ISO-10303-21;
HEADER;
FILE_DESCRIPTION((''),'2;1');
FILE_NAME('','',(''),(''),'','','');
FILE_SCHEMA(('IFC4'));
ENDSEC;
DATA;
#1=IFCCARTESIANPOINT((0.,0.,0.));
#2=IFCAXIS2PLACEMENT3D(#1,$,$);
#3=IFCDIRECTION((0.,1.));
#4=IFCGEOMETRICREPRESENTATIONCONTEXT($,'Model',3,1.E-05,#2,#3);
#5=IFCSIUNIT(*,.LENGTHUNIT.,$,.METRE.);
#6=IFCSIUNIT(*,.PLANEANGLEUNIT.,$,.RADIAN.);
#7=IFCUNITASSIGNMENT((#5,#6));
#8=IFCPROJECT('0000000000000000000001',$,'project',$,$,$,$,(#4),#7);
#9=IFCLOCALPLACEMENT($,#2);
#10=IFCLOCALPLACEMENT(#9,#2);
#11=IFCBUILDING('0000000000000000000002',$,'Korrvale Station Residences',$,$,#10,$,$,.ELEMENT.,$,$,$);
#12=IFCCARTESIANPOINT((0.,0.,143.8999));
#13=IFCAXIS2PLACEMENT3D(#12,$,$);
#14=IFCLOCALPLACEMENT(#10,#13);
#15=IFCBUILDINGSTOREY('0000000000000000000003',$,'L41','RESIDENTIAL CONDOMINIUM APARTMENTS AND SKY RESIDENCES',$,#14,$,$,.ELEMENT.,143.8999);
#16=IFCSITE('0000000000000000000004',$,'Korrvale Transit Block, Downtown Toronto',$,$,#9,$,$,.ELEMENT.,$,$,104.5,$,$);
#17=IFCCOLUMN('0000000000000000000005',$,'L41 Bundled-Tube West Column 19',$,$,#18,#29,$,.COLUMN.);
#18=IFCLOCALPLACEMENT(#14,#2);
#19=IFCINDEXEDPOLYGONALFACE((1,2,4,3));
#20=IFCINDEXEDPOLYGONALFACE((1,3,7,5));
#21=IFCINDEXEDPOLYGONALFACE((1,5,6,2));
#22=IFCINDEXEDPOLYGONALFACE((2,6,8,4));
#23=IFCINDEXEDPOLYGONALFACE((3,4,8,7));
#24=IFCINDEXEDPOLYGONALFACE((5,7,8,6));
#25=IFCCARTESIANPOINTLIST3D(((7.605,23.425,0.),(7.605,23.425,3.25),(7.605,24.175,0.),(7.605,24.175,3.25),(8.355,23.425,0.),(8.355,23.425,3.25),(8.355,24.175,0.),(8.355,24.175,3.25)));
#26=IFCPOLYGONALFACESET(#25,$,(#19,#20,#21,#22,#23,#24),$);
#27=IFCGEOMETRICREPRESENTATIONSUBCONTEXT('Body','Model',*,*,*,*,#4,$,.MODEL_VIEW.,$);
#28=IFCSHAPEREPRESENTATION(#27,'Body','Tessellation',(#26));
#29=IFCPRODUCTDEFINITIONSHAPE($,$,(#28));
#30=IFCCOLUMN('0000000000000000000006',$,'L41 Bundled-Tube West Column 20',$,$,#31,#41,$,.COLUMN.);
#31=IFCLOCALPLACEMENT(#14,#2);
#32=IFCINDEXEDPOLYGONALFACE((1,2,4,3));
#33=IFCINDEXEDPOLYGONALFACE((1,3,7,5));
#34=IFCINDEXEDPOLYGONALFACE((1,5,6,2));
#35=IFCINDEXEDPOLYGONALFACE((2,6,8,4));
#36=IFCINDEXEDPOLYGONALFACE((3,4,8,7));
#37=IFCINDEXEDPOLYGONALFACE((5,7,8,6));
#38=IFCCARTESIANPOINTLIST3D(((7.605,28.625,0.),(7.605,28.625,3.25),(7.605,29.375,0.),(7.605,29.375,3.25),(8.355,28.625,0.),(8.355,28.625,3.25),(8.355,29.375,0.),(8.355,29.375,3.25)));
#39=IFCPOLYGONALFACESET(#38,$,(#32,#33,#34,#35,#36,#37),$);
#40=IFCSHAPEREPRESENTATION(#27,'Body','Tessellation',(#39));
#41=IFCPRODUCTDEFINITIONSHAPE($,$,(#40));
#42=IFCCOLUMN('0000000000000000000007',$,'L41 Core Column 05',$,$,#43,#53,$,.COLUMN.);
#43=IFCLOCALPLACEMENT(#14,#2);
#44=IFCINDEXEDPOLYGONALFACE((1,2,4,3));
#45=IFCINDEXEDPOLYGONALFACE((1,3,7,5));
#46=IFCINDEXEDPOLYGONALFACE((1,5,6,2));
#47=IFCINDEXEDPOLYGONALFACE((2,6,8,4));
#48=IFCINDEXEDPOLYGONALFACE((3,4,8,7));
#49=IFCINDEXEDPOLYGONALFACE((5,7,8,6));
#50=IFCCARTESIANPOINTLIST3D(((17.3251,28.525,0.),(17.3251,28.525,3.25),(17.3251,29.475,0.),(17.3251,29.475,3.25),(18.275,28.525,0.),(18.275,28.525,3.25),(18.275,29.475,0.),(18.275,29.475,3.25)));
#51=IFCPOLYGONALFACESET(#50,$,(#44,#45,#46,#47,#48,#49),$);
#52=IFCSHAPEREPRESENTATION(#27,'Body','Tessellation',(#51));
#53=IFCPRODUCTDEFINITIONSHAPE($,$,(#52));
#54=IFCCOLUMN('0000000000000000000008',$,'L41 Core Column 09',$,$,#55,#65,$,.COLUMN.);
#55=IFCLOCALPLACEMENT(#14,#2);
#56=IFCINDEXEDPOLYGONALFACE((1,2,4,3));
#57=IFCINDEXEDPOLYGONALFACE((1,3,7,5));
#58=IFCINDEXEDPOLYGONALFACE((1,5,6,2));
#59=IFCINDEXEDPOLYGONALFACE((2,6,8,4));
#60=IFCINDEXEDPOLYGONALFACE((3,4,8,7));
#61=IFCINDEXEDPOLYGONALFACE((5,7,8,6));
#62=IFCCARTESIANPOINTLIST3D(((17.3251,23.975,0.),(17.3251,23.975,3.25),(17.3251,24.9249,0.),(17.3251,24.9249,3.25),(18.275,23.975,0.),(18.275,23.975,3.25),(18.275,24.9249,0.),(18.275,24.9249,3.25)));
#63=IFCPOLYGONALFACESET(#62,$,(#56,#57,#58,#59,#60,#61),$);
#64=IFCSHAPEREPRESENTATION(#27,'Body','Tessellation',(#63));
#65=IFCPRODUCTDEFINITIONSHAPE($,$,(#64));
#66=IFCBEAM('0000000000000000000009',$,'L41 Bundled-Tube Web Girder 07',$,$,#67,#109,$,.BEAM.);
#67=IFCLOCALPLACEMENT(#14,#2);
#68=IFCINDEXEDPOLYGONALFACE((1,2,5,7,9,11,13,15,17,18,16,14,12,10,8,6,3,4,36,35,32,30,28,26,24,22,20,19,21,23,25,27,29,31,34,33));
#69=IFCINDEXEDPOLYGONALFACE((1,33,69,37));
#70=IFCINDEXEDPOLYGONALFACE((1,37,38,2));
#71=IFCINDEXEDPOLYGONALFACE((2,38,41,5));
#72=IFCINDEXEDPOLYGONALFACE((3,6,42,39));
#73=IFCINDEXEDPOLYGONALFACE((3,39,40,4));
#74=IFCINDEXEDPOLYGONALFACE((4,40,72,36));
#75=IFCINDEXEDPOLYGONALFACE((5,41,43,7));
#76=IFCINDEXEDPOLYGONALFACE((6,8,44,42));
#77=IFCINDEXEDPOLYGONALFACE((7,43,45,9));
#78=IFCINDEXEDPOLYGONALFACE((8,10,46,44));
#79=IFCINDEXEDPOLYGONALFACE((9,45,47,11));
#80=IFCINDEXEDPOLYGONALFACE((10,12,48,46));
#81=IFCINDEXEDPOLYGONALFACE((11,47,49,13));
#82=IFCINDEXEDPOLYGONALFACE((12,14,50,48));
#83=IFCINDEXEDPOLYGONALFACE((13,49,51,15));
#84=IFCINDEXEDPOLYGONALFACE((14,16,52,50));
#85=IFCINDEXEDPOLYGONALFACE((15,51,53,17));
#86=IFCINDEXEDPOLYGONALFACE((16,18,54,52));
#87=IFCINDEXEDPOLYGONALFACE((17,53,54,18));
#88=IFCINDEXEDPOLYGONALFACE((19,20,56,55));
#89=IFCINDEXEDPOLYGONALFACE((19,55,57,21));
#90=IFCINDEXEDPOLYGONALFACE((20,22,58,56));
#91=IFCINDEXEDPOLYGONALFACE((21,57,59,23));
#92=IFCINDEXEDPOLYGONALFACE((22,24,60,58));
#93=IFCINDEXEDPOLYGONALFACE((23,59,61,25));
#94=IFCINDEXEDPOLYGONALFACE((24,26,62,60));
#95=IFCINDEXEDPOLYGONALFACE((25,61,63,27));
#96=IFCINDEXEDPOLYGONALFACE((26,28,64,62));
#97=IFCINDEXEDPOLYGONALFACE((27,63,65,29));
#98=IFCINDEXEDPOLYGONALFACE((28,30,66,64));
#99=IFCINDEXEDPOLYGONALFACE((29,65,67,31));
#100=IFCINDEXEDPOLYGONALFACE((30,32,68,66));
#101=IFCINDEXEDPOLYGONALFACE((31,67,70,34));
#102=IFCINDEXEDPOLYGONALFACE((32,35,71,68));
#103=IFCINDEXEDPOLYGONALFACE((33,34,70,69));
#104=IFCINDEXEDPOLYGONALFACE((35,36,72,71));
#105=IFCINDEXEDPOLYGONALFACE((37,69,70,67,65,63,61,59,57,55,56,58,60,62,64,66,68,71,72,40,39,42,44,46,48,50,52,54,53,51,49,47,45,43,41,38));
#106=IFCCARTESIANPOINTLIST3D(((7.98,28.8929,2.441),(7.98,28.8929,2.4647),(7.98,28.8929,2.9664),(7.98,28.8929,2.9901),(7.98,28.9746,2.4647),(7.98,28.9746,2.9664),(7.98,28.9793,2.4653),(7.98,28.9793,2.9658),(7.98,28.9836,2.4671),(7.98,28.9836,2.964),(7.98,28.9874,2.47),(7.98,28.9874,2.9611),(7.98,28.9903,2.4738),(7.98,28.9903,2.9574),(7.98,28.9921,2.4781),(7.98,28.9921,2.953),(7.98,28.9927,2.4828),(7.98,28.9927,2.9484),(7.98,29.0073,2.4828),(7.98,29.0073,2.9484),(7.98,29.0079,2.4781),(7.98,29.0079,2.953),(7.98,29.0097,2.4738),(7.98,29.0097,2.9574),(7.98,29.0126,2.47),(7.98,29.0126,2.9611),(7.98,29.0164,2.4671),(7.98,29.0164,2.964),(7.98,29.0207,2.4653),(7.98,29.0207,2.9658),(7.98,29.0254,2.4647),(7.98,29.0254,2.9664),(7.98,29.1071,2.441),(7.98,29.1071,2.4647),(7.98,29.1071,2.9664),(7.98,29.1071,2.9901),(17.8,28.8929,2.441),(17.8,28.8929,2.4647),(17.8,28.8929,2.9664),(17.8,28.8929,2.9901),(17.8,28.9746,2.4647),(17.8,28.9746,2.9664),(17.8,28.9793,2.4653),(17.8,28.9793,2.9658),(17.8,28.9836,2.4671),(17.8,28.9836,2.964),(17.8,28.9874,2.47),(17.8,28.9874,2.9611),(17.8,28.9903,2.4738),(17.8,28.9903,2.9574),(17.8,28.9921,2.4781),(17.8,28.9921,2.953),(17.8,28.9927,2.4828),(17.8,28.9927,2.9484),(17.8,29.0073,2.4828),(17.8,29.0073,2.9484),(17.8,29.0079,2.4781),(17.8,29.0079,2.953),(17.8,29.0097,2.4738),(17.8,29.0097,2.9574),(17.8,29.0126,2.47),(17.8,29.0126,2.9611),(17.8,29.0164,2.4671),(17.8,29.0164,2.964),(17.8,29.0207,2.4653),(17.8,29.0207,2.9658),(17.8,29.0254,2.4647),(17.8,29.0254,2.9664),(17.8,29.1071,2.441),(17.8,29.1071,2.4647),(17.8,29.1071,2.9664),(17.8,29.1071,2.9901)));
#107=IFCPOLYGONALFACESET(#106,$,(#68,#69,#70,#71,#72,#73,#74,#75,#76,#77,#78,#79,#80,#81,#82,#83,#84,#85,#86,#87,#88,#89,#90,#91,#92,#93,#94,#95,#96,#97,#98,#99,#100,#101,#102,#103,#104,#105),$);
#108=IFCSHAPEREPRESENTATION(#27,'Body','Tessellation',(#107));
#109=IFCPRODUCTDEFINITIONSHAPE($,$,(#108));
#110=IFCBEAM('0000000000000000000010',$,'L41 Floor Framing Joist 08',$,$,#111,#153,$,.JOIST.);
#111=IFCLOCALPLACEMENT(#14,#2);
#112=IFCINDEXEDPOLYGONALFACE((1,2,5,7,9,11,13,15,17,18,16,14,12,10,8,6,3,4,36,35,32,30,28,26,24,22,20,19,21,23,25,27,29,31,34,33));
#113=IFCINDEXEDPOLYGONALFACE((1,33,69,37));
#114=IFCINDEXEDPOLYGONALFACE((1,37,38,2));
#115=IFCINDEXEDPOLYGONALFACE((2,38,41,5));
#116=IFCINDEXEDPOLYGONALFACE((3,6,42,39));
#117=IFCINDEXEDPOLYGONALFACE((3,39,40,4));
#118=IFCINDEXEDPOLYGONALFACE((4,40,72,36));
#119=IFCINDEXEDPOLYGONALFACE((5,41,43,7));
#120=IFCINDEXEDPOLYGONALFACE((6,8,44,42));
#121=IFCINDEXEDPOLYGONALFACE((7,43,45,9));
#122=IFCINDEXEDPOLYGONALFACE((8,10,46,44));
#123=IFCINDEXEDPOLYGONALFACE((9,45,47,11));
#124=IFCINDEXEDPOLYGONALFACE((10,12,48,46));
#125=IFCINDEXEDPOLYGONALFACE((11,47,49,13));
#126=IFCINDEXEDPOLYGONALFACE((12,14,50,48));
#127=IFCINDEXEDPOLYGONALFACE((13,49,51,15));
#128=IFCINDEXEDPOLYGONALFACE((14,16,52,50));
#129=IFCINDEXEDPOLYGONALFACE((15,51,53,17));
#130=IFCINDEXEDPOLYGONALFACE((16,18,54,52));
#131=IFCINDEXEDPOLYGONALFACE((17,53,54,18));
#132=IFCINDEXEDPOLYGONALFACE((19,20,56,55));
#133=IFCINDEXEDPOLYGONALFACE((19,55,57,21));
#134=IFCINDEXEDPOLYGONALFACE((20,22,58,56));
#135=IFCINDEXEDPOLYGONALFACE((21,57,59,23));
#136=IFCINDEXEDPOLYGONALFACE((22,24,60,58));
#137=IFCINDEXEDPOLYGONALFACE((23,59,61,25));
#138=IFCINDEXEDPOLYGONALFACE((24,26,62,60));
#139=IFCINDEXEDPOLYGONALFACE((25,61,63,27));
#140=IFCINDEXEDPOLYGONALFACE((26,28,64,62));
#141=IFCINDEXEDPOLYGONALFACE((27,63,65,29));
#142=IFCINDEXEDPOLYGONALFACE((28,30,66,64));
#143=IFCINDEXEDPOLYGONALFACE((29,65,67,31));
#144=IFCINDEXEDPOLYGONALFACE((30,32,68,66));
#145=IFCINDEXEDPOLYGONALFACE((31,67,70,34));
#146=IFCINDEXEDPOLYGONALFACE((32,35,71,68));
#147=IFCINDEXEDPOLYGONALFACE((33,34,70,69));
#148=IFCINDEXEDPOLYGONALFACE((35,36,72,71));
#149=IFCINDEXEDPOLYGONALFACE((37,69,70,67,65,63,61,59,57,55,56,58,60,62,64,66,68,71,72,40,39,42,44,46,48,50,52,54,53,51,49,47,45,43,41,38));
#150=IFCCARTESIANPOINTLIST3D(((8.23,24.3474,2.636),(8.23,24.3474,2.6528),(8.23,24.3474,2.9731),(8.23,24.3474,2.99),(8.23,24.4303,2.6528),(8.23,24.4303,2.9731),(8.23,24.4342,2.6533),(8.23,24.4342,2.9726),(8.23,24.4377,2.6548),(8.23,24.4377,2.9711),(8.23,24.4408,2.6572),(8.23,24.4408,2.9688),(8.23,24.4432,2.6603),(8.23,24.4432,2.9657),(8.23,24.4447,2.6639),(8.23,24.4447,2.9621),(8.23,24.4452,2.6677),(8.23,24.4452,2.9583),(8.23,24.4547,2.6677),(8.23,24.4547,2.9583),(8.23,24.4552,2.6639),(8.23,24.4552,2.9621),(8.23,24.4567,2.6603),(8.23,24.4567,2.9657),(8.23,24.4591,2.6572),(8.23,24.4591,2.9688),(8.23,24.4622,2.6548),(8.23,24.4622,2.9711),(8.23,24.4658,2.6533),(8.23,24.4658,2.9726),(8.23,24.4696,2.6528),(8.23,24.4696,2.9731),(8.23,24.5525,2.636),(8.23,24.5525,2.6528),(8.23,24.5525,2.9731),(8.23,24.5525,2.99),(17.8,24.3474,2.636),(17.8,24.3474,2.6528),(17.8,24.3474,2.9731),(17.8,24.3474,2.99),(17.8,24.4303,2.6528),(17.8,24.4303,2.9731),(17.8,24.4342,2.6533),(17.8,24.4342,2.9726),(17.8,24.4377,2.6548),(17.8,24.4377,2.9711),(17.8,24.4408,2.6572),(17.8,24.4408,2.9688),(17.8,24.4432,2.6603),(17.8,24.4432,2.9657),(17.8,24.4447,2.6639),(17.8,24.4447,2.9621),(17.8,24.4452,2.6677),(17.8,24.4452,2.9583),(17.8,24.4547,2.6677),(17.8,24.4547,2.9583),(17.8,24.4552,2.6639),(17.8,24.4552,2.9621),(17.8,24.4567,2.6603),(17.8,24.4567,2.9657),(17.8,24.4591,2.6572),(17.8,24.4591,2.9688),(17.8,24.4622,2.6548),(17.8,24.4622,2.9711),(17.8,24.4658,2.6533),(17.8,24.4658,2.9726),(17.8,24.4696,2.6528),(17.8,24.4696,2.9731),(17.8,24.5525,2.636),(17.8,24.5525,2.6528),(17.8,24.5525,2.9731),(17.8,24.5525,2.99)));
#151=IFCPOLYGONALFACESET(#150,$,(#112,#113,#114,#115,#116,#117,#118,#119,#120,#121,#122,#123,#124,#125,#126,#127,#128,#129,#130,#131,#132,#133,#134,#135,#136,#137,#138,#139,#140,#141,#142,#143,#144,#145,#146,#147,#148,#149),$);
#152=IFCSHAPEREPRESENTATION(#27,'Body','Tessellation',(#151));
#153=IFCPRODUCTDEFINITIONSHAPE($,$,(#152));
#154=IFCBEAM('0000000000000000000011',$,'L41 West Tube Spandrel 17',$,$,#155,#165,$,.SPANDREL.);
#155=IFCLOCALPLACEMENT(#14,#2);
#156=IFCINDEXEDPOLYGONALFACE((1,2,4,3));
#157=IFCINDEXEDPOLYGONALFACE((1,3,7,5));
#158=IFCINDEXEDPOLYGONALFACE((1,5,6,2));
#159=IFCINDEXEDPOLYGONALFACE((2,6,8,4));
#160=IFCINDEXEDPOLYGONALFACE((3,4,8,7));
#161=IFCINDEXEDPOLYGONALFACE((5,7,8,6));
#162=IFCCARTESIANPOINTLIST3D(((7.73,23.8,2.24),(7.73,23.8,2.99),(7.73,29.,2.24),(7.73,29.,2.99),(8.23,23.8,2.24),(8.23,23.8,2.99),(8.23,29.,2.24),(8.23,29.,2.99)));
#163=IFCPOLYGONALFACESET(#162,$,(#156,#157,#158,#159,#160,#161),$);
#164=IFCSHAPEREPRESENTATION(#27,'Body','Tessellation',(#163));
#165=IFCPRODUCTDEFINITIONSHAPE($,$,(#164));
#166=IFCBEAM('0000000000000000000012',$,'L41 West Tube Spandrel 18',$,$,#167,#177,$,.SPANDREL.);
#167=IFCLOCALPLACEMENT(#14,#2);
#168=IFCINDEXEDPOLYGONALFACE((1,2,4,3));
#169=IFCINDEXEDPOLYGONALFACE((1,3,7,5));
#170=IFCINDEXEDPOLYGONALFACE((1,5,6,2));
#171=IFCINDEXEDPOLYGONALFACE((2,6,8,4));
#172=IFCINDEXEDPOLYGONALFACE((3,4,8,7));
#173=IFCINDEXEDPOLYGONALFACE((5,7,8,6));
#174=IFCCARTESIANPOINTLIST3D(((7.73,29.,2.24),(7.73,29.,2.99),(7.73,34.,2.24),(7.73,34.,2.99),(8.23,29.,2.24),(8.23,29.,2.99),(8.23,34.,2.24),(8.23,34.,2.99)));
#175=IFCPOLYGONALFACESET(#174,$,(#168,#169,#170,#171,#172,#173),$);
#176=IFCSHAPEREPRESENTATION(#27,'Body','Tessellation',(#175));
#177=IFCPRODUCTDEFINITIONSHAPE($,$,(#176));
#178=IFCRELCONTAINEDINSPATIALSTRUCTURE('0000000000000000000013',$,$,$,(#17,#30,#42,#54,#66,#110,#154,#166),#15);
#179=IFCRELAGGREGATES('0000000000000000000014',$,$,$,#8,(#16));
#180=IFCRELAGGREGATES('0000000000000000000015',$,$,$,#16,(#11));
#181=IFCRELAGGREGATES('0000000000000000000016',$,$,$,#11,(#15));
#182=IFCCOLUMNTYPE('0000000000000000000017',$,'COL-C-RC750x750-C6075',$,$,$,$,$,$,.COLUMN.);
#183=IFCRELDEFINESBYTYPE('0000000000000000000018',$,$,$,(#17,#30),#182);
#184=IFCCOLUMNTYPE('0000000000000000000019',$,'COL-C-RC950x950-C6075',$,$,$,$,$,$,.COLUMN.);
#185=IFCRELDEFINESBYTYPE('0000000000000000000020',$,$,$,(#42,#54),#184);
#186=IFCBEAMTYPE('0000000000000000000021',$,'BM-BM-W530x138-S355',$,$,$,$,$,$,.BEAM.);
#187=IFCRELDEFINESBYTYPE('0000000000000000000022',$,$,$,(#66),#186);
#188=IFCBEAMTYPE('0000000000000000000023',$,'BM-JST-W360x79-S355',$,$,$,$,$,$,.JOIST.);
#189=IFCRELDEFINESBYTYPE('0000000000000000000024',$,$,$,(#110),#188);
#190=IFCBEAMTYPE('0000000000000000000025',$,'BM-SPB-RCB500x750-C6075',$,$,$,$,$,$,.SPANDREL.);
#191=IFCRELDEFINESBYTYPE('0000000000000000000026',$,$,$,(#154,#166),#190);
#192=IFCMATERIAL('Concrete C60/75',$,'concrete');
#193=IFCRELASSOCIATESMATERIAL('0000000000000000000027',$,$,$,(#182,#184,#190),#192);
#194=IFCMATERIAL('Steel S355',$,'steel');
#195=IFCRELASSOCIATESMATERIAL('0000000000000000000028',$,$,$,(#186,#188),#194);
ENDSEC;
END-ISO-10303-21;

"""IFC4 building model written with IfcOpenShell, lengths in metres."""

from ifc_helpers import new_model, si_unit, direction, frame, origin, origin_2d, place, context, subcontext, project, spatial, rectangle, i_section, extrude, material, material_profile, profile_set, type_object, element, save


model = new_model("IFC4")

# Units and contexts
model_context = context("Model", 3, precision=1e-05, world=origin(), true_north=direction((0.0, 1.0)))
body_context = subcontext(model_context, "Body", "Model", "MODEL_VIEW")
ifc_project = project(units=[si_unit("LENGTHUNIT", "METRE"), si_unit("PLANEANGLEUNIT", "RADIAN")], contexts=[model_context])

# Site, building, storey
site_placement = place(None, origin())
site = spatial("IfcSite", under=ifc_project, at=site_placement, Name="Korrvale Transit Block, Downtown Toronto", CompositionType="ELEMENT", RefElevation=104.5)
building_placement = place(site_placement, origin())
building = spatial("IfcBuilding", under=site, at=building_placement, Name="Korrvale Station Residences", CompositionType="ELEMENT")
storey_placement = place(building_placement, frame((0.0, 0.0, 143.8999)))
storey = spatial("IfcBuildingStorey", under=building, at=storey_placement, Name="L41", Description="RESIDENTIAL CONDOMINIUM APARTMENTS AND SKY RESIDENCES", CompositionType="ELEMENT", Elevation=143.8999)

# Columns
ifc_material_1 = material(Name="Concrete C60/75", Category="concrete")
ifc_material_profile_1 = material_profile(ifc_material_1, rectangle(XDim=0.75, YDim=0.75, at=origin_2d()), Name="RC750x750")
ifc_profile_set_1 = profile_set([ifc_material_profile_1], Name="Concrete C60/75")
column_type_1 = type_object("IfcColumnType", Name="COL-C-RC750x750-C6075", PredefinedType="COLUMN", material=ifc_profile_set_1)
for number, where, z_axis, x_axis, name in (
    (1, (7.98, 23.8, 0.0), (0.0, 0.0, 1.0), (1.0, 0.0, 0.0), "L41 Bundled-Tube West Column 19"),
    (2, (7.98, 29.0, 0.0), (0.0, 0.0, 1.0), (1.0, 0.0, 0.0), "L41 Bundled-Tube West Column 20"),
):
    element("IfcColumn", number, at=place(storey_placement, frame(where, z_axis=z_axis, x_axis=x_axis)), inside=storey, type_object=column_type_1, Name=name, PredefinedType="COLUMN", context=body_context, shape_type="SweptSolid", body=[
        extrude(rectangle(XDim=0.75, YDim=0.75, at=origin_2d()), origin(), (0.0, 0.0, 1.0), 3.25),
    ])
ifc_material_profile_2 = material_profile(ifc_material_1, rectangle(XDim=0.95, YDim=0.95, at=origin_2d()), Name="RC950x950")
ifc_profile_set_2 = profile_set([ifc_material_profile_2], Name="Concrete C60/75")
column_type_2 = type_object("IfcColumnType", Name="COL-C-RC950x950-C6075", PredefinedType="COLUMN", material=ifc_profile_set_2)
for number, where, z_axis, x_axis, name in (
    (3, (17.8, 29.0, 0.0), (0.0, 0.0, 1.0), (1.0, 0.0, 0.0), "L41 Core Column 05"),
    (4, (17.8, 24.45, 0.0), (0.0, 0.0, 1.0), (1.0, 0.0, 0.0), "L41 Core Column 09"),
):
    element("IfcColumn", number, at=place(storey_placement, frame(where, z_axis=z_axis, x_axis=x_axis)), inside=storey, type_object=column_type_2, Name=name, PredefinedType="COLUMN", context=body_context, shape_type="SweptSolid", body=[
        extrude(rectangle(XDim=0.95, YDim=0.95, at=origin_2d()), origin(), (0.0, 0.0, 1.0), 3.25),
    ])

# Beams
ifc_material_2 = material(Name="Steel S355", Category="steel")
ifc_material_profile_3 = material_profile(ifc_material_2, i_section(OverallWidth=0.2141, OverallDepth=0.5491, WebThickness=0.0146, FlangeThickness=0.0237, FilletRadius=0.0181, at=origin_2d()), Name="W530x138")
ifc_profile_set_3 = profile_set([ifc_material_profile_3], Name="Steel S355")
beam_type_1 = type_object("IfcBeamType", Name="BM-BM-W530x138-S355", PredefinedType="BEAM", material=ifc_profile_set_3)
beam_1_placement = place(storey_placement, frame((7.98, 29.0, 2.7156), z_axis=(1.0, 0.0, 0.0), x_axis=(0.0, 1.0, 0.0)))
element("IfcBeam", 5, at=beam_1_placement, inside=storey, type_object=beam_type_1, Name="L41 Bundled-Tube Web Girder 07", PredefinedType="BEAM", context=body_context, shape_type="SweptSolid", body=[
    extrude(i_section(OverallWidth=0.2141, OverallDepth=0.5491, WebThickness=0.0146, FlangeThickness=0.0237, FilletRadius=0.0181, at=origin_2d()), origin(), (0.0, 0.0, 1.0), 9.8201),
])
ifc_material_profile_4 = material_profile(ifc_material_2, i_section(OverallWidth=0.2051, OverallDepth=0.354, WebThickness=0.0095, FlangeThickness=0.0168, FilletRadius=0.0149, at=origin_2d()), Name="W360x79")
ifc_profile_set_4 = profile_set([ifc_material_profile_4], Name="Steel S355")
beam_type_2 = type_object("IfcBeamType", Name="BM-JST-W360x79-S355", PredefinedType="JOIST", material=ifc_profile_set_4)
beam_2_placement = place(storey_placement, frame((8.23, 24.45, 2.813), z_axis=(1.0, 0.0, 0.0), x_axis=(0.0, 1.0, 0.0)))
element("IfcBeam", 6, at=beam_2_placement, inside=storey, type_object=beam_type_2, Name="L41 Floor Framing Joist 08", PredefinedType="JOIST", context=body_context, shape_type="SweptSolid", body=[
    extrude(i_section(OverallWidth=0.2051, OverallDepth=0.354, WebThickness=0.0095, FlangeThickness=0.0168, FilletRadius=0.0149, at=origin_2d()), origin(), (0.0, 0.0, 1.0), 9.5701),
])
ifc_material_profile_5 = material_profile(ifc_material_1, rectangle(XDim=0.5, YDim=0.75, at=origin_2d()), Name="RCB500x750")
ifc_profile_set_5 = profile_set([ifc_material_profile_5], Name="Concrete C60/75")
beam_type_3 = type_object("IfcBeamType", Name="BM-SPB-RCB500x750-C6075", PredefinedType="SPANDREL", material=ifc_profile_set_5)
beam_3_placement = place(storey_placement, frame((7.98, 23.8, 2.615), z_axis=(0.0, 1.0, 0.0), x_axis=(-1.0, 0.0, 0.0)))
element("IfcBeam", 7, at=beam_3_placement, inside=storey, type_object=beam_type_3, Name="L41 West Tube Spandrel 17", PredefinedType="SPANDREL", context=body_context, shape_type="SweptSolid", body=[
    extrude(rectangle(XDim=0.5, YDim=0.75, at=origin_2d()), origin(), (0.0, 0.0, 1.0), 5.2),
])
beam_4_placement = place(storey_placement, frame((7.98, 29.0, 2.615), z_axis=(0.0, 1.0, 0.0), x_axis=(-1.0, 0.0, 0.0)))
element("IfcBeam", 8, at=beam_4_placement, inside=storey, type_object=beam_type_3, Name="L41 West Tube Spandrel 18", PredefinedType="SPANDREL", context=body_context, shape_type="SweptSolid", body=[
    extrude(rectangle(XDim=0.5, YDim=0.75, at=origin_2d()), origin(), (0.0, 0.0, 1.0), 5.0),
])

save(model, "model.ifc")
